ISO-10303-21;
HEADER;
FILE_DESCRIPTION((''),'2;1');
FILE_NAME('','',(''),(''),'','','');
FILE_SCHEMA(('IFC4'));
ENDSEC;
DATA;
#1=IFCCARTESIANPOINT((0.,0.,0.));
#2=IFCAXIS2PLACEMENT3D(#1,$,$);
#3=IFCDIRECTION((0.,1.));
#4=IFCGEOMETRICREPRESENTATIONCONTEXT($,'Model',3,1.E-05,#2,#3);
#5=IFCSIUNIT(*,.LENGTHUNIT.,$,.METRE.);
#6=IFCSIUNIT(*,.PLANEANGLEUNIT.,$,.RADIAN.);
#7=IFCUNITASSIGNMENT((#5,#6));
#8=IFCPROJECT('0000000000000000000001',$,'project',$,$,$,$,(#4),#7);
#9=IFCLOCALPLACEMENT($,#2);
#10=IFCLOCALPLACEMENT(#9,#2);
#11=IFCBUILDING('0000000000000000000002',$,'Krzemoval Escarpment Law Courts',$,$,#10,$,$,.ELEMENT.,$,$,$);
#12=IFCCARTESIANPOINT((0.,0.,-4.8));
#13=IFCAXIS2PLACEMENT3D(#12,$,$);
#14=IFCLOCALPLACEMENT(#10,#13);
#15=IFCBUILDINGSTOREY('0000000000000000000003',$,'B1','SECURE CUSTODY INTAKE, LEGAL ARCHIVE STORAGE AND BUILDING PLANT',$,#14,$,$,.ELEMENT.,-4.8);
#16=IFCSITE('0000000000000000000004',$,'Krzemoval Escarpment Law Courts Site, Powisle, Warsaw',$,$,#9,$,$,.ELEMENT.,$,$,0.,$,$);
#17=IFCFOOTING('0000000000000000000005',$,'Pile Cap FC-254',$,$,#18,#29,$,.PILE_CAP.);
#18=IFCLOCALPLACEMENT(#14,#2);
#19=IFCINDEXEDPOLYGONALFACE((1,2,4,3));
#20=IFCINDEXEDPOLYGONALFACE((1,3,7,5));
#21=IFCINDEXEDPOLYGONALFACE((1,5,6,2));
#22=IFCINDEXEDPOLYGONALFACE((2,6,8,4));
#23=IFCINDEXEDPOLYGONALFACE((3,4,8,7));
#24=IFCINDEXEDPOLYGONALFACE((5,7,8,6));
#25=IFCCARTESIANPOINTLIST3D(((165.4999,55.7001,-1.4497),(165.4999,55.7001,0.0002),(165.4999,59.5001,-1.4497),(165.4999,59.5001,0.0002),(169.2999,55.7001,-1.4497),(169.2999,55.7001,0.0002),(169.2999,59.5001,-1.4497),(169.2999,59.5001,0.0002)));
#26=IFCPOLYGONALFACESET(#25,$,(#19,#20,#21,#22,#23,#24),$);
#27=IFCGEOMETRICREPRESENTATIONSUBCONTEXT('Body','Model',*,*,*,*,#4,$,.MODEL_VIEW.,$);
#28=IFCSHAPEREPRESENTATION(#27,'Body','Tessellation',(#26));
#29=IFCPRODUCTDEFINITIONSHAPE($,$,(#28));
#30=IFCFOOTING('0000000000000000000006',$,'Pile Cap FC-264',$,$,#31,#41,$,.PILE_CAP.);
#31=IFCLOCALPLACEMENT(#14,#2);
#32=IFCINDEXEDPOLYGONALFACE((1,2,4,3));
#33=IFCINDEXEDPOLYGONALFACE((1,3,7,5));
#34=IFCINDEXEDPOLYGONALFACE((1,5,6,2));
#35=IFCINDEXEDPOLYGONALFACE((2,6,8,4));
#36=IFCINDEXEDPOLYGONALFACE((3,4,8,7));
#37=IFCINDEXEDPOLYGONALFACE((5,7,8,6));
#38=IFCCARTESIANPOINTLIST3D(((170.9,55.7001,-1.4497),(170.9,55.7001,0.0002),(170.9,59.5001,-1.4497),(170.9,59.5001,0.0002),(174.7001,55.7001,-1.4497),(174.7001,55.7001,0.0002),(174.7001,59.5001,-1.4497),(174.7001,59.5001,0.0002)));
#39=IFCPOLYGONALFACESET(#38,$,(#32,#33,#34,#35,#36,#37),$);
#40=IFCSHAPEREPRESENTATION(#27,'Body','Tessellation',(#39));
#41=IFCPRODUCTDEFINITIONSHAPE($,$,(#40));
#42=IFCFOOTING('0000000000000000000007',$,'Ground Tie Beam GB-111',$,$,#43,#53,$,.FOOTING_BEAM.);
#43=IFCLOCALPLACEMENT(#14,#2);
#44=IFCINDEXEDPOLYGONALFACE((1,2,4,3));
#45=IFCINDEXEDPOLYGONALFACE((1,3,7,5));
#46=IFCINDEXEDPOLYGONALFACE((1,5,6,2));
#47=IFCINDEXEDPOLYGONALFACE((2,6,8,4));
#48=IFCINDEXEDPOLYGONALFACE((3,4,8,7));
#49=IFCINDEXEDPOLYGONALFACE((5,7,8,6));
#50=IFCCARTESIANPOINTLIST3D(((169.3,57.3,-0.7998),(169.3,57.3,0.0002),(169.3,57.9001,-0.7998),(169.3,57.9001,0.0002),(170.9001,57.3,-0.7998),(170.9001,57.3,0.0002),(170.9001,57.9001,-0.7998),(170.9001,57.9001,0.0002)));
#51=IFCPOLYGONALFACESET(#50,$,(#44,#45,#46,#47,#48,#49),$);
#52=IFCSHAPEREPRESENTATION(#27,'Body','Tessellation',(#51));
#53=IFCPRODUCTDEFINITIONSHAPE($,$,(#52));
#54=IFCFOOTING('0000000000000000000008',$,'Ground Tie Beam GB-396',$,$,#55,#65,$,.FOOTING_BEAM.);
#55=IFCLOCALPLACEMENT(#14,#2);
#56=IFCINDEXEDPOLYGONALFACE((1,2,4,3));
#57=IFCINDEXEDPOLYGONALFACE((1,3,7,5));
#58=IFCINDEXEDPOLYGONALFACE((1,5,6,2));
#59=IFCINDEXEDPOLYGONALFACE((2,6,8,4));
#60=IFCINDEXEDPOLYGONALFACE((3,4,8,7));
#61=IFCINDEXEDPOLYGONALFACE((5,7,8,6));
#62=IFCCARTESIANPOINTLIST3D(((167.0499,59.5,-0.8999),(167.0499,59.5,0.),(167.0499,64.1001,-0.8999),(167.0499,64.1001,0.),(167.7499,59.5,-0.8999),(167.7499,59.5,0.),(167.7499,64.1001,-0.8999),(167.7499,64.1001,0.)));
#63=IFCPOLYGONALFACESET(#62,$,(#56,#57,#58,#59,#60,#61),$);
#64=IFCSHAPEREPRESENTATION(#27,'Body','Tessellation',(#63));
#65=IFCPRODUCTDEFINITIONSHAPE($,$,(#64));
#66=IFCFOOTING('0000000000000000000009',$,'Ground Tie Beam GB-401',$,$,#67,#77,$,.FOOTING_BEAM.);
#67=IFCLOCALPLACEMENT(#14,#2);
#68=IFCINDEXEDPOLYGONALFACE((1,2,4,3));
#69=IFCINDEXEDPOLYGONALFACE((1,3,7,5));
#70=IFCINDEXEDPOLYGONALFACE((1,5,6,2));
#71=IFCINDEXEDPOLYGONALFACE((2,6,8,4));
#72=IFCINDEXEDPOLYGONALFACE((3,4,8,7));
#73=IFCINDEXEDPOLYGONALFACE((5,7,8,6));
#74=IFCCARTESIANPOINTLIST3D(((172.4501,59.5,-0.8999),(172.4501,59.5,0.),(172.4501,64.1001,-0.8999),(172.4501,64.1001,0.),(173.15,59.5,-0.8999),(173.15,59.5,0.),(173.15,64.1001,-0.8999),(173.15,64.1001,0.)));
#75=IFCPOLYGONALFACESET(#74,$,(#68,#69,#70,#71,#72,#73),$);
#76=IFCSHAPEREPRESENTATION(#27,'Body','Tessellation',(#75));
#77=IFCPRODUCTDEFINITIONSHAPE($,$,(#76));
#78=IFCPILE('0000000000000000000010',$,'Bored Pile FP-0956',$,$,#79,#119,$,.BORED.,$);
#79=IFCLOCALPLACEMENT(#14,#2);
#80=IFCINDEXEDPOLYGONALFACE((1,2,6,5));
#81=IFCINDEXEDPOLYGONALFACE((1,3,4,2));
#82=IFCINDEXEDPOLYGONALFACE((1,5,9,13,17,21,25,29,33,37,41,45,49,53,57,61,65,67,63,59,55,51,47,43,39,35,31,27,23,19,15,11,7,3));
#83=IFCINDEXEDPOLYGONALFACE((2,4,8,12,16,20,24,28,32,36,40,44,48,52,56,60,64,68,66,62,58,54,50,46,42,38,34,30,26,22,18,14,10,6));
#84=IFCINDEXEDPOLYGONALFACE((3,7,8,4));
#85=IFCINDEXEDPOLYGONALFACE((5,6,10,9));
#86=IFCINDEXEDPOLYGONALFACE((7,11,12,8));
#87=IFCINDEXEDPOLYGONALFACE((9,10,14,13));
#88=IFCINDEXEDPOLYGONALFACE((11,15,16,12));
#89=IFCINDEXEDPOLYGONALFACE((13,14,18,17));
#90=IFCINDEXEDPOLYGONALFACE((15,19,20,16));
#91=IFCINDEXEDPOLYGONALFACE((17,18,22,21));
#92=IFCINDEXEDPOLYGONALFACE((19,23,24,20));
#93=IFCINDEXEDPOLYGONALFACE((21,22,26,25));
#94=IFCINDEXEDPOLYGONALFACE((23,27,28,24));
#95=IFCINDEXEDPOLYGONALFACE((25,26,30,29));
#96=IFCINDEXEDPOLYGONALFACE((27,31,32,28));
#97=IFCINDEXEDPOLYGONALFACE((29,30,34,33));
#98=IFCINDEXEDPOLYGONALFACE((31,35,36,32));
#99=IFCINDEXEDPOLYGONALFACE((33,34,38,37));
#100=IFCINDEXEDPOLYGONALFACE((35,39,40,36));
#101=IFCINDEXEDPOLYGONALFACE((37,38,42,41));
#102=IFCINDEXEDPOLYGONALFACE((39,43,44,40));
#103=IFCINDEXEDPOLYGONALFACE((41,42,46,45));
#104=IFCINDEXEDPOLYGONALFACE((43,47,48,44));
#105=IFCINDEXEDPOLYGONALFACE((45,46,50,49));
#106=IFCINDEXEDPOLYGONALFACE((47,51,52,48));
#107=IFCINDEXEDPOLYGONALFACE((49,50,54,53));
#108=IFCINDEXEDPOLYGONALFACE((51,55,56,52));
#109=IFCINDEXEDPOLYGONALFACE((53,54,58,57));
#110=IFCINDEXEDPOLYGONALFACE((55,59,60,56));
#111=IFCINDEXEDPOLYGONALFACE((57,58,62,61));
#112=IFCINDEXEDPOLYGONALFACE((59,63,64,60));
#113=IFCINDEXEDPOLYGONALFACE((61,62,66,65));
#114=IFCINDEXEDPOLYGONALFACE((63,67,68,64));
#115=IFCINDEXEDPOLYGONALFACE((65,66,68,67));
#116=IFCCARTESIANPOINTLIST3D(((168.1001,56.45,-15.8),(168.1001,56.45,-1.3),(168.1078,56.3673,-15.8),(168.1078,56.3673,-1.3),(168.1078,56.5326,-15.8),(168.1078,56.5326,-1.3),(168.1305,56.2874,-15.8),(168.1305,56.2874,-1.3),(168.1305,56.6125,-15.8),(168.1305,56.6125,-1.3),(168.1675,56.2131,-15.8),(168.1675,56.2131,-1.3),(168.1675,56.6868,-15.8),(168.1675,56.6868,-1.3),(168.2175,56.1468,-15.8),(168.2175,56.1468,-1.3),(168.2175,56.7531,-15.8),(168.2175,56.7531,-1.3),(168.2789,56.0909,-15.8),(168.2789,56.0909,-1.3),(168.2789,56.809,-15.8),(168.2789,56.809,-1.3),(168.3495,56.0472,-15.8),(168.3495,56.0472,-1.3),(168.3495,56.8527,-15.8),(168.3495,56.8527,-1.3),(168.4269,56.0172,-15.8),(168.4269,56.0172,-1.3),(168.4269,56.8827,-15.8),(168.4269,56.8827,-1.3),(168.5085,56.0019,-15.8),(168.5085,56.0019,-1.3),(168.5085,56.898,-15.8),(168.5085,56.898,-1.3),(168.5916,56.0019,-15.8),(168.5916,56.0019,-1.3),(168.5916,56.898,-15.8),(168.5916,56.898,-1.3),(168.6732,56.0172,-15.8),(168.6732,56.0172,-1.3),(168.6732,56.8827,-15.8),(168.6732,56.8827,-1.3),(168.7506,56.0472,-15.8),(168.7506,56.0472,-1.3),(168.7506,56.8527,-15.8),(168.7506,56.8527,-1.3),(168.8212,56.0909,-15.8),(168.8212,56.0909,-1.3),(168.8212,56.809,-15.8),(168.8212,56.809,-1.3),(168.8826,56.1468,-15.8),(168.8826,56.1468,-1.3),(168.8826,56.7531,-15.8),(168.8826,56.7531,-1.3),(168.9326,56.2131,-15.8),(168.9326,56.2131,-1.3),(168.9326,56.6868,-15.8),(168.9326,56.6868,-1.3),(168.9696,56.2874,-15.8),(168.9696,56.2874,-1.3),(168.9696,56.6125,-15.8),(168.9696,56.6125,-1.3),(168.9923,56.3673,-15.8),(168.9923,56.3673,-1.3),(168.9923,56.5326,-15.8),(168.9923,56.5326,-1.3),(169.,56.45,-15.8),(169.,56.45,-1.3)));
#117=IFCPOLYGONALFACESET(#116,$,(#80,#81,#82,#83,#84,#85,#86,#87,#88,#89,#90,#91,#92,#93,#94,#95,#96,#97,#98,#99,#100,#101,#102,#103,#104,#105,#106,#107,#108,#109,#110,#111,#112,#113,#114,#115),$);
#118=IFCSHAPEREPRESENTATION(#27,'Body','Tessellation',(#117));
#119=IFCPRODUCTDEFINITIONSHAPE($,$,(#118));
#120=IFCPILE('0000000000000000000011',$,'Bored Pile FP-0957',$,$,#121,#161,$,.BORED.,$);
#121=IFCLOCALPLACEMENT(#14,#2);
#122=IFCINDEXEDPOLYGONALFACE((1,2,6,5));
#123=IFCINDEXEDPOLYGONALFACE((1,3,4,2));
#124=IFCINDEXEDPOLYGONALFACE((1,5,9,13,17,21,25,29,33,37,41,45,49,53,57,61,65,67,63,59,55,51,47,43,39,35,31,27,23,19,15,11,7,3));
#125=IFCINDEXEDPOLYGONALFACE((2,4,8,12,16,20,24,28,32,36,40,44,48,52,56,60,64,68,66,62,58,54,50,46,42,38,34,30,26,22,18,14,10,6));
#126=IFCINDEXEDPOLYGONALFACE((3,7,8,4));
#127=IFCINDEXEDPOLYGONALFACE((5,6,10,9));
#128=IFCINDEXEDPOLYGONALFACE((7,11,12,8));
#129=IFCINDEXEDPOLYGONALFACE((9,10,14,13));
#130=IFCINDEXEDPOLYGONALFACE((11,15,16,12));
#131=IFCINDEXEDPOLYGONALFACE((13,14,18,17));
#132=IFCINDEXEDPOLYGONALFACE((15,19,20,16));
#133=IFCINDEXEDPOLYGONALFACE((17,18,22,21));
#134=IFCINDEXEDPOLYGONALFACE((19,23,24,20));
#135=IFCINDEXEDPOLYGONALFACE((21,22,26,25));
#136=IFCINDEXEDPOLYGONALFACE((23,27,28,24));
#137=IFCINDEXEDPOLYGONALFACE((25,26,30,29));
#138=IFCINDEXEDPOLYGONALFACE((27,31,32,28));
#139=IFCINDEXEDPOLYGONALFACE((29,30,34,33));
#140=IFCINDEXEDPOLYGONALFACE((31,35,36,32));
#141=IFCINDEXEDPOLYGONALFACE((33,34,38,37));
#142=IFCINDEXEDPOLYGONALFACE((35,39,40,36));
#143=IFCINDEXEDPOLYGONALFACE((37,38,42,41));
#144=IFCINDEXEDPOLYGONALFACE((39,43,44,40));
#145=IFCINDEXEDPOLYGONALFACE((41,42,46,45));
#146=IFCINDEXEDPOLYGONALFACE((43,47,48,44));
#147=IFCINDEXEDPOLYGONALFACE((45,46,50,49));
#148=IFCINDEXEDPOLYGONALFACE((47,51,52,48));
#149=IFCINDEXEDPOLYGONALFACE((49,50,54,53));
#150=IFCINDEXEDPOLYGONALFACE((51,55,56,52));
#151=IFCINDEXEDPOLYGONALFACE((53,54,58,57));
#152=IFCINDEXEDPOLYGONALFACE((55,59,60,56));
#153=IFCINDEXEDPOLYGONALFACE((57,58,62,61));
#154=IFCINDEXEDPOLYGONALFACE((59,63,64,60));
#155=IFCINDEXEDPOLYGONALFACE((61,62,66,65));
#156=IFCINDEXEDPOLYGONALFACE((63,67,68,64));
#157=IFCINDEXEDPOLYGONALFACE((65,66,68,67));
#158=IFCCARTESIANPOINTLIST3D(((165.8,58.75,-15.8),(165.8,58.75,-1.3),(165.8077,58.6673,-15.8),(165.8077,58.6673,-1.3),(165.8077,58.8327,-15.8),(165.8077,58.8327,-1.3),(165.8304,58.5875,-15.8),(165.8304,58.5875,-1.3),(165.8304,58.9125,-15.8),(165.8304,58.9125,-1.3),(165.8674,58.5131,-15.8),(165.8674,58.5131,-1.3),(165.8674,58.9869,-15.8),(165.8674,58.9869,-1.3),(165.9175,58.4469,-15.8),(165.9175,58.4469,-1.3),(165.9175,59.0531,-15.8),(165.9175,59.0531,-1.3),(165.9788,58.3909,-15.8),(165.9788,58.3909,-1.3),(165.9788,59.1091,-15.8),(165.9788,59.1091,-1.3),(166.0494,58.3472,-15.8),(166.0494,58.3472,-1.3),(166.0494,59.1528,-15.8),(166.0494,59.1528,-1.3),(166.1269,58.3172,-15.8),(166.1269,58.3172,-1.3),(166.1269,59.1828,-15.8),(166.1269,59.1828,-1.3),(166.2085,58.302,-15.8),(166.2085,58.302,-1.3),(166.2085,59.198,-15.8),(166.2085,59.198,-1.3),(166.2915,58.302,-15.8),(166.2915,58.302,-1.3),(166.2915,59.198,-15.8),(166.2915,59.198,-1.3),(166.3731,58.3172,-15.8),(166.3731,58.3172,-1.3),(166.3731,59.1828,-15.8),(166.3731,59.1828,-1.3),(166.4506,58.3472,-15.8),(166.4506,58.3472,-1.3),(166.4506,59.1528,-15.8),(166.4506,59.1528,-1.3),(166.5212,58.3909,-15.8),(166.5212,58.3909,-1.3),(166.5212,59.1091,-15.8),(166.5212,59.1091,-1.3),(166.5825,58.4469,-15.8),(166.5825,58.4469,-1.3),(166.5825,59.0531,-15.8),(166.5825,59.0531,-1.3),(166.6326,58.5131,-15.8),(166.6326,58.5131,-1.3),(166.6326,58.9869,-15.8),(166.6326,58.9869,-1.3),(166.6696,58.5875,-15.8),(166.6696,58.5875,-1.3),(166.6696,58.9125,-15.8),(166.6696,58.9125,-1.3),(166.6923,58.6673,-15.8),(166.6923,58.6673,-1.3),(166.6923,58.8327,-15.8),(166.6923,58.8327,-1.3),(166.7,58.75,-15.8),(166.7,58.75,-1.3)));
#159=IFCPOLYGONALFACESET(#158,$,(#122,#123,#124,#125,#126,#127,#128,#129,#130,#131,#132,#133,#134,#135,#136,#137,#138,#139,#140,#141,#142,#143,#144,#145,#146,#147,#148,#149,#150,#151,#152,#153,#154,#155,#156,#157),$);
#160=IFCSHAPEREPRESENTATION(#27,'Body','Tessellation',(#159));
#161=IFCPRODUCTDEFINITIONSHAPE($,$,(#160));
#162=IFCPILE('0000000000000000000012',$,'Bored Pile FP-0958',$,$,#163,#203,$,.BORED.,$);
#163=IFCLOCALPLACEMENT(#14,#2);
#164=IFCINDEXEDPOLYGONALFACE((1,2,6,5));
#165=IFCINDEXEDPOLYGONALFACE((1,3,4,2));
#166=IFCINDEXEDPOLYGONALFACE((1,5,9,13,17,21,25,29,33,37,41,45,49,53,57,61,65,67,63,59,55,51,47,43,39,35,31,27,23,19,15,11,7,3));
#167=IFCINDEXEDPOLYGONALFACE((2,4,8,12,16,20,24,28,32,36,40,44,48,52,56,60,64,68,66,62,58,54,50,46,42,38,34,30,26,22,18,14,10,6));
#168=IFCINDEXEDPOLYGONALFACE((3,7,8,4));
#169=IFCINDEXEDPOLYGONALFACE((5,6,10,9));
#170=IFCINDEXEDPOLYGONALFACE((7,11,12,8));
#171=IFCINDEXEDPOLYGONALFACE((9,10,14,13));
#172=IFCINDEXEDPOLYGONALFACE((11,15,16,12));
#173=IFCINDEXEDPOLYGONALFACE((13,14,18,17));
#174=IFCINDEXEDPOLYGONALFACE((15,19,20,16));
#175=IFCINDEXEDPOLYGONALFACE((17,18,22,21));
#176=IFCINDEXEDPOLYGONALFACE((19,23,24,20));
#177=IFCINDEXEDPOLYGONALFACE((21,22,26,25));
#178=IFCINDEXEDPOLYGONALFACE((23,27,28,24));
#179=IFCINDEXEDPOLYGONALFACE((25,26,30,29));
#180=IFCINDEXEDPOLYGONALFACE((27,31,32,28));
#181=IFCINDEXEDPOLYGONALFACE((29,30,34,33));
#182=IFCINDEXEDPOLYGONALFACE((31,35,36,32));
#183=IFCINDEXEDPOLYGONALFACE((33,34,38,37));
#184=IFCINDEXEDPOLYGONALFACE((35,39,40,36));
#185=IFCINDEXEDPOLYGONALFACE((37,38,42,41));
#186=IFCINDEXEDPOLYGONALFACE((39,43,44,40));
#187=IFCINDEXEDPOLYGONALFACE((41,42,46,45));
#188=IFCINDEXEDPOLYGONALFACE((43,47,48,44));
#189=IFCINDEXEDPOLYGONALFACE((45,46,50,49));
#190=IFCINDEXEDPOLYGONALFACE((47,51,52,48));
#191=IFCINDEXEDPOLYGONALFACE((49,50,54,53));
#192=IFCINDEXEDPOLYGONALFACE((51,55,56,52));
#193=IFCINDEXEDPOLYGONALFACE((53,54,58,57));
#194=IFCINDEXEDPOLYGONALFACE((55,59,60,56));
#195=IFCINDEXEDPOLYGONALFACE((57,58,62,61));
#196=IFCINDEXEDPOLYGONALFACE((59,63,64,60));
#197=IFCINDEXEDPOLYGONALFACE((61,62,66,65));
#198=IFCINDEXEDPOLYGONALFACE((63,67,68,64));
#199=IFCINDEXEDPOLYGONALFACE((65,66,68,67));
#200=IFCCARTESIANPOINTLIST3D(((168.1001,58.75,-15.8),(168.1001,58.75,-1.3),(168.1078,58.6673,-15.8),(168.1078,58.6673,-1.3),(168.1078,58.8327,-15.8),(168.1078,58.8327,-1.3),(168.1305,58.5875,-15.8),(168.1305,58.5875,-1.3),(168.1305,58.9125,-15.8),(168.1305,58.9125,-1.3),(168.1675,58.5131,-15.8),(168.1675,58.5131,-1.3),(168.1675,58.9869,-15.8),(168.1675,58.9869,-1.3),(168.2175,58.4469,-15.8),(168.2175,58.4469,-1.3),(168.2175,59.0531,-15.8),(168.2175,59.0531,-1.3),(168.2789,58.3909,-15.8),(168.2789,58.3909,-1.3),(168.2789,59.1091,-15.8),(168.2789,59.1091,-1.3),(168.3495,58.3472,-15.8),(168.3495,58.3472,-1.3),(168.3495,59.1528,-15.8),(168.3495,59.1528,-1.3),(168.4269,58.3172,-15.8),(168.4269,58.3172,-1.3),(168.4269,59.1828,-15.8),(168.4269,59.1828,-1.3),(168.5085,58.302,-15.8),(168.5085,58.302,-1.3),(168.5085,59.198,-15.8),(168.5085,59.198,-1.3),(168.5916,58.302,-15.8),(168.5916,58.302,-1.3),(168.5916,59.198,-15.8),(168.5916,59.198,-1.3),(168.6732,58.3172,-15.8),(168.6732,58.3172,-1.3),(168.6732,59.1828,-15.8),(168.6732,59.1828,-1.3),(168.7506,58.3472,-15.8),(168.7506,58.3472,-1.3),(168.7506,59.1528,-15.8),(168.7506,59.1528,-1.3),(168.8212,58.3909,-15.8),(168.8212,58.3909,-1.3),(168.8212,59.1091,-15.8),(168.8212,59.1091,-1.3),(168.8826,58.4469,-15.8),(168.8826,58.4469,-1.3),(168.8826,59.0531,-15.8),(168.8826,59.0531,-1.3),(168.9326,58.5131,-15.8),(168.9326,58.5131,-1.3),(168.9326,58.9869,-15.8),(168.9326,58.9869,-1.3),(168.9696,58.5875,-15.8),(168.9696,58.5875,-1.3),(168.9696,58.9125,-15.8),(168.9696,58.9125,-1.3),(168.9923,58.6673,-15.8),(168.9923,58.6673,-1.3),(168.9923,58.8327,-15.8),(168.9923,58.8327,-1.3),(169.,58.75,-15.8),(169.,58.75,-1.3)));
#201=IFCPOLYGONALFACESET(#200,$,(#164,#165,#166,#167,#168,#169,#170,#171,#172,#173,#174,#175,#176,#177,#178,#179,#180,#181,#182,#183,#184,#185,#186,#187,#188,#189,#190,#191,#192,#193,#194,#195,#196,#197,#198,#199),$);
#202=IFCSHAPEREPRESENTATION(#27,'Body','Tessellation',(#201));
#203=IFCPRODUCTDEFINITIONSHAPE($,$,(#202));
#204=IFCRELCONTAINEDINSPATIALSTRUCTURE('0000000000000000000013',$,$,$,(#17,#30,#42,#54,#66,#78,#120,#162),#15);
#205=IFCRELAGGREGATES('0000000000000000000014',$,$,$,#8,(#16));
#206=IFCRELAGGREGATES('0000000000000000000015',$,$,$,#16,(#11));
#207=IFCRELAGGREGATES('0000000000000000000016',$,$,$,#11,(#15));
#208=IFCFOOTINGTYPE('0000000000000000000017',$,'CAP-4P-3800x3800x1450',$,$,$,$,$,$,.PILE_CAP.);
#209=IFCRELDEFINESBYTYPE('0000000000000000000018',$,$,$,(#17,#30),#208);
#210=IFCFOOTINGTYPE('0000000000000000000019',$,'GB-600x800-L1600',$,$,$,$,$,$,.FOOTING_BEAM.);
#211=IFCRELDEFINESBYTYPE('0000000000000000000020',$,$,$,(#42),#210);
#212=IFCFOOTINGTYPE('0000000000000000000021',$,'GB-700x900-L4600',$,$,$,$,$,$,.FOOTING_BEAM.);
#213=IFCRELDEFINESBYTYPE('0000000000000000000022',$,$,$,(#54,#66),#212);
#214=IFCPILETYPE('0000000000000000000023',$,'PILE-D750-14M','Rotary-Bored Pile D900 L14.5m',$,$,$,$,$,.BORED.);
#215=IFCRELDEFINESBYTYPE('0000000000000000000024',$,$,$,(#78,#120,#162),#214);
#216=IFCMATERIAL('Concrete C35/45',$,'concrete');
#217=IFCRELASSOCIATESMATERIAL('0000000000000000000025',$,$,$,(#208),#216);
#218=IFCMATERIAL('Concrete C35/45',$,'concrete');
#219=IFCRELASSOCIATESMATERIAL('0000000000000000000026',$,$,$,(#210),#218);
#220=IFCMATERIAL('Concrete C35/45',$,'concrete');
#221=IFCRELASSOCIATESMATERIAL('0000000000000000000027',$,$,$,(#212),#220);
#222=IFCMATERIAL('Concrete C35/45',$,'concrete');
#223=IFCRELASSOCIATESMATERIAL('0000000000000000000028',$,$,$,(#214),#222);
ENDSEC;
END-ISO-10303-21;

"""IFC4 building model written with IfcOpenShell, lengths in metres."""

from ifc_helpers import new_model, si_unit, direction, frame, origin, origin_2d, place, context, subcontext, project, spatial, rectangle, circle, extrude, material, material_profile, profile_set, type_object, element, save


model = new_model("IFC4")

# Units and contexts
model_context = context("Model", 3, precision=1e-05, world=origin(), true_north=direction((0.0, 1.0)))
body_context = subcontext(model_context, "Body", "Model", "MODEL_VIEW")
ifc_project = project(units=[si_unit("LENGTHUNIT", "METRE"), si_unit("PLANEANGLEUNIT", "RADIAN")], contexts=[model_context])

# Site, building, storey
site_placement = place(None, origin())
site = spatial("IfcSite", under=ifc_project, at=site_placement, Name="Krzemoval Escarpment Law Courts Site, Powisle, Warsaw", CompositionType="ELEMENT", RefElevation=0.0)
building_placement = place(site_placement, origin())
building = spatial("IfcBuilding", under=site, at=building_placement, Name="Krzemoval Escarpment Law Courts", CompositionType="ELEMENT")
storey_placement = place(building_placement, frame((0.0, 0.0, -4.8)))
storey = spatial("IfcBuildingStorey", under=building, at=storey_placement, Name="B1", Description="SECURE CUSTODY INTAKE, LEGAL ARCHIVE STORAGE AND BUILDING PLANT", CompositionType="ELEMENT", Elevation=-4.8)

# Footings
ifc_material_1 = material(Name="Concrete C35/45", Category="concrete")
footing_type_1 = type_object("IfcFootingType", Name="CAP-4P-3800x3800x1450", PredefinedType="PILE_CAP", material=ifc_material_1)
for number, where, z_axis, x_axis, name in (
    (1, (167.3999, 57.6001, -1.4497), (0.0, 0.0, 1.0), (1.0, 0.0, 0.0), "Pile Cap FC-254"),
    (2, (172.8, 57.6001, -1.4497), (0.0, 0.0, 1.0), (1.0, 0.0, 0.0), "Pile Cap FC-264"),
):
    element("IfcFooting", number, at=place(storey_placement, frame(where, z_axis=z_axis, x_axis=x_axis)), inside=storey, type_object=footing_type_1, Name=name, PredefinedType="PILE_CAP", context=body_context, shape_type="SweptSolid", body=[
        extrude(rectangle(XDim=3.8, YDim=3.8, at=origin_2d()), origin(), (0.0, 0.0, 1.0), 1.45),
    ])
ifc_material_2 = material(Name="Concrete C35/45", Category="concrete")
footing_type_2 = type_object("IfcFootingType", Name="GB-600x800-L1600", PredefinedType="FOOTING_BEAM", material=ifc_material_2)
footing_1_placement = place(storey_placement, frame((170.1001, 57.6001, -0.7998), z_axis=(0.0, 0.0, 1.0), x_axis=(1.0, 0.0, 0.0)))
element("IfcFooting", 3, at=footing_1_placement, inside=storey, type_object=footing_type_2, Name="Ground Tie Beam GB-111", PredefinedType="FOOTING_BEAM", context=body_context, shape_type="SweptSolid", body=[
    extrude(rectangle(XDim=1.6001, YDim=0.6001, at=origin_2d()), origin(), (0.0, 0.0, 1.0), 0.8),
])
ifc_material_3 = material(Name="Concrete C35/45", Category="concrete")
footing_type_3 = type_object("IfcFootingType", Name="GB-700x900-L4600", PredefinedType="FOOTING_BEAM", material=ifc_material_3)
for number, where, z_axis, x_axis, name in (
    (4, (167.3999, 61.8, -0.8999), (0.0, 0.0, 1.0), (0.0, 1.0, 0.0), "Ground Tie Beam GB-396"),
    (5, (172.8, 61.8, -0.8999), (0.0, 0.0, 1.0), (0.0, 1.0, 0.0), "Ground Tie Beam GB-401"),
):
    element("IfcFooting", number, at=place(storey_placement, frame(where, z_axis=z_axis, x_axis=x_axis)), inside=storey, type_object=footing_type_3, Name=name, PredefinedType="FOOTING_BEAM", context=body_context, shape_type="SweptSolid", body=[
        extrude(rectangle(XDim=4.6001, YDim=0.7, at=origin_2d()), origin(), (0.0, 0.0, 1.0), 0.8999),
    ])

# Piles
ifc_material_4 = material(Name="Concrete C35/45", Category="concrete")
ifc_material_profile_1 = material_profile(ifc_material_4, circle(Radius=0.45, at=origin_2d()), Name="PILE D900")
ifc_profile_set_1 = profile_set([ifc_material_profile_1], Name="Concrete C35/45")
pile_type = type_object("IfcPileType", Name="PILE-D750-14M", Description="Rotary-Bored Pile D900 L14.5m", PredefinedType="BORED", material=ifc_profile_set_1)
for number, where, z_axis, x_axis, name in (
    (6, (168.55, 56.45, -1.3), (0.0, 0.0, -1.0), (1.0, 0.0, 0.0), "Bored Pile FP-0956"),
    (7, (166.25, 58.75, -1.3), (0.0, 0.0, -1.0), (1.0, 0.0, 0.0), "Bored Pile FP-0957"),
    (8, (168.55, 58.75, -1.3), (0.0, 0.0, -1.0), (1.0, 0.0, 0.0), "Bored Pile FP-0958"),
):
    element("IfcPile", number, at=place(storey_placement, frame(where, z_axis=z_axis, x_axis=x_axis)), inside=storey, type_object=pile_type, Name=name, PredefinedType="BORED", context=body_context, shape_type="SweptSolid", body=[
        extrude(circle(Radius=0.45, at=origin_2d()), origin(), (0.0, 0.0, 1.0), 14.5),
    ])

save(model, "model.ifc")
